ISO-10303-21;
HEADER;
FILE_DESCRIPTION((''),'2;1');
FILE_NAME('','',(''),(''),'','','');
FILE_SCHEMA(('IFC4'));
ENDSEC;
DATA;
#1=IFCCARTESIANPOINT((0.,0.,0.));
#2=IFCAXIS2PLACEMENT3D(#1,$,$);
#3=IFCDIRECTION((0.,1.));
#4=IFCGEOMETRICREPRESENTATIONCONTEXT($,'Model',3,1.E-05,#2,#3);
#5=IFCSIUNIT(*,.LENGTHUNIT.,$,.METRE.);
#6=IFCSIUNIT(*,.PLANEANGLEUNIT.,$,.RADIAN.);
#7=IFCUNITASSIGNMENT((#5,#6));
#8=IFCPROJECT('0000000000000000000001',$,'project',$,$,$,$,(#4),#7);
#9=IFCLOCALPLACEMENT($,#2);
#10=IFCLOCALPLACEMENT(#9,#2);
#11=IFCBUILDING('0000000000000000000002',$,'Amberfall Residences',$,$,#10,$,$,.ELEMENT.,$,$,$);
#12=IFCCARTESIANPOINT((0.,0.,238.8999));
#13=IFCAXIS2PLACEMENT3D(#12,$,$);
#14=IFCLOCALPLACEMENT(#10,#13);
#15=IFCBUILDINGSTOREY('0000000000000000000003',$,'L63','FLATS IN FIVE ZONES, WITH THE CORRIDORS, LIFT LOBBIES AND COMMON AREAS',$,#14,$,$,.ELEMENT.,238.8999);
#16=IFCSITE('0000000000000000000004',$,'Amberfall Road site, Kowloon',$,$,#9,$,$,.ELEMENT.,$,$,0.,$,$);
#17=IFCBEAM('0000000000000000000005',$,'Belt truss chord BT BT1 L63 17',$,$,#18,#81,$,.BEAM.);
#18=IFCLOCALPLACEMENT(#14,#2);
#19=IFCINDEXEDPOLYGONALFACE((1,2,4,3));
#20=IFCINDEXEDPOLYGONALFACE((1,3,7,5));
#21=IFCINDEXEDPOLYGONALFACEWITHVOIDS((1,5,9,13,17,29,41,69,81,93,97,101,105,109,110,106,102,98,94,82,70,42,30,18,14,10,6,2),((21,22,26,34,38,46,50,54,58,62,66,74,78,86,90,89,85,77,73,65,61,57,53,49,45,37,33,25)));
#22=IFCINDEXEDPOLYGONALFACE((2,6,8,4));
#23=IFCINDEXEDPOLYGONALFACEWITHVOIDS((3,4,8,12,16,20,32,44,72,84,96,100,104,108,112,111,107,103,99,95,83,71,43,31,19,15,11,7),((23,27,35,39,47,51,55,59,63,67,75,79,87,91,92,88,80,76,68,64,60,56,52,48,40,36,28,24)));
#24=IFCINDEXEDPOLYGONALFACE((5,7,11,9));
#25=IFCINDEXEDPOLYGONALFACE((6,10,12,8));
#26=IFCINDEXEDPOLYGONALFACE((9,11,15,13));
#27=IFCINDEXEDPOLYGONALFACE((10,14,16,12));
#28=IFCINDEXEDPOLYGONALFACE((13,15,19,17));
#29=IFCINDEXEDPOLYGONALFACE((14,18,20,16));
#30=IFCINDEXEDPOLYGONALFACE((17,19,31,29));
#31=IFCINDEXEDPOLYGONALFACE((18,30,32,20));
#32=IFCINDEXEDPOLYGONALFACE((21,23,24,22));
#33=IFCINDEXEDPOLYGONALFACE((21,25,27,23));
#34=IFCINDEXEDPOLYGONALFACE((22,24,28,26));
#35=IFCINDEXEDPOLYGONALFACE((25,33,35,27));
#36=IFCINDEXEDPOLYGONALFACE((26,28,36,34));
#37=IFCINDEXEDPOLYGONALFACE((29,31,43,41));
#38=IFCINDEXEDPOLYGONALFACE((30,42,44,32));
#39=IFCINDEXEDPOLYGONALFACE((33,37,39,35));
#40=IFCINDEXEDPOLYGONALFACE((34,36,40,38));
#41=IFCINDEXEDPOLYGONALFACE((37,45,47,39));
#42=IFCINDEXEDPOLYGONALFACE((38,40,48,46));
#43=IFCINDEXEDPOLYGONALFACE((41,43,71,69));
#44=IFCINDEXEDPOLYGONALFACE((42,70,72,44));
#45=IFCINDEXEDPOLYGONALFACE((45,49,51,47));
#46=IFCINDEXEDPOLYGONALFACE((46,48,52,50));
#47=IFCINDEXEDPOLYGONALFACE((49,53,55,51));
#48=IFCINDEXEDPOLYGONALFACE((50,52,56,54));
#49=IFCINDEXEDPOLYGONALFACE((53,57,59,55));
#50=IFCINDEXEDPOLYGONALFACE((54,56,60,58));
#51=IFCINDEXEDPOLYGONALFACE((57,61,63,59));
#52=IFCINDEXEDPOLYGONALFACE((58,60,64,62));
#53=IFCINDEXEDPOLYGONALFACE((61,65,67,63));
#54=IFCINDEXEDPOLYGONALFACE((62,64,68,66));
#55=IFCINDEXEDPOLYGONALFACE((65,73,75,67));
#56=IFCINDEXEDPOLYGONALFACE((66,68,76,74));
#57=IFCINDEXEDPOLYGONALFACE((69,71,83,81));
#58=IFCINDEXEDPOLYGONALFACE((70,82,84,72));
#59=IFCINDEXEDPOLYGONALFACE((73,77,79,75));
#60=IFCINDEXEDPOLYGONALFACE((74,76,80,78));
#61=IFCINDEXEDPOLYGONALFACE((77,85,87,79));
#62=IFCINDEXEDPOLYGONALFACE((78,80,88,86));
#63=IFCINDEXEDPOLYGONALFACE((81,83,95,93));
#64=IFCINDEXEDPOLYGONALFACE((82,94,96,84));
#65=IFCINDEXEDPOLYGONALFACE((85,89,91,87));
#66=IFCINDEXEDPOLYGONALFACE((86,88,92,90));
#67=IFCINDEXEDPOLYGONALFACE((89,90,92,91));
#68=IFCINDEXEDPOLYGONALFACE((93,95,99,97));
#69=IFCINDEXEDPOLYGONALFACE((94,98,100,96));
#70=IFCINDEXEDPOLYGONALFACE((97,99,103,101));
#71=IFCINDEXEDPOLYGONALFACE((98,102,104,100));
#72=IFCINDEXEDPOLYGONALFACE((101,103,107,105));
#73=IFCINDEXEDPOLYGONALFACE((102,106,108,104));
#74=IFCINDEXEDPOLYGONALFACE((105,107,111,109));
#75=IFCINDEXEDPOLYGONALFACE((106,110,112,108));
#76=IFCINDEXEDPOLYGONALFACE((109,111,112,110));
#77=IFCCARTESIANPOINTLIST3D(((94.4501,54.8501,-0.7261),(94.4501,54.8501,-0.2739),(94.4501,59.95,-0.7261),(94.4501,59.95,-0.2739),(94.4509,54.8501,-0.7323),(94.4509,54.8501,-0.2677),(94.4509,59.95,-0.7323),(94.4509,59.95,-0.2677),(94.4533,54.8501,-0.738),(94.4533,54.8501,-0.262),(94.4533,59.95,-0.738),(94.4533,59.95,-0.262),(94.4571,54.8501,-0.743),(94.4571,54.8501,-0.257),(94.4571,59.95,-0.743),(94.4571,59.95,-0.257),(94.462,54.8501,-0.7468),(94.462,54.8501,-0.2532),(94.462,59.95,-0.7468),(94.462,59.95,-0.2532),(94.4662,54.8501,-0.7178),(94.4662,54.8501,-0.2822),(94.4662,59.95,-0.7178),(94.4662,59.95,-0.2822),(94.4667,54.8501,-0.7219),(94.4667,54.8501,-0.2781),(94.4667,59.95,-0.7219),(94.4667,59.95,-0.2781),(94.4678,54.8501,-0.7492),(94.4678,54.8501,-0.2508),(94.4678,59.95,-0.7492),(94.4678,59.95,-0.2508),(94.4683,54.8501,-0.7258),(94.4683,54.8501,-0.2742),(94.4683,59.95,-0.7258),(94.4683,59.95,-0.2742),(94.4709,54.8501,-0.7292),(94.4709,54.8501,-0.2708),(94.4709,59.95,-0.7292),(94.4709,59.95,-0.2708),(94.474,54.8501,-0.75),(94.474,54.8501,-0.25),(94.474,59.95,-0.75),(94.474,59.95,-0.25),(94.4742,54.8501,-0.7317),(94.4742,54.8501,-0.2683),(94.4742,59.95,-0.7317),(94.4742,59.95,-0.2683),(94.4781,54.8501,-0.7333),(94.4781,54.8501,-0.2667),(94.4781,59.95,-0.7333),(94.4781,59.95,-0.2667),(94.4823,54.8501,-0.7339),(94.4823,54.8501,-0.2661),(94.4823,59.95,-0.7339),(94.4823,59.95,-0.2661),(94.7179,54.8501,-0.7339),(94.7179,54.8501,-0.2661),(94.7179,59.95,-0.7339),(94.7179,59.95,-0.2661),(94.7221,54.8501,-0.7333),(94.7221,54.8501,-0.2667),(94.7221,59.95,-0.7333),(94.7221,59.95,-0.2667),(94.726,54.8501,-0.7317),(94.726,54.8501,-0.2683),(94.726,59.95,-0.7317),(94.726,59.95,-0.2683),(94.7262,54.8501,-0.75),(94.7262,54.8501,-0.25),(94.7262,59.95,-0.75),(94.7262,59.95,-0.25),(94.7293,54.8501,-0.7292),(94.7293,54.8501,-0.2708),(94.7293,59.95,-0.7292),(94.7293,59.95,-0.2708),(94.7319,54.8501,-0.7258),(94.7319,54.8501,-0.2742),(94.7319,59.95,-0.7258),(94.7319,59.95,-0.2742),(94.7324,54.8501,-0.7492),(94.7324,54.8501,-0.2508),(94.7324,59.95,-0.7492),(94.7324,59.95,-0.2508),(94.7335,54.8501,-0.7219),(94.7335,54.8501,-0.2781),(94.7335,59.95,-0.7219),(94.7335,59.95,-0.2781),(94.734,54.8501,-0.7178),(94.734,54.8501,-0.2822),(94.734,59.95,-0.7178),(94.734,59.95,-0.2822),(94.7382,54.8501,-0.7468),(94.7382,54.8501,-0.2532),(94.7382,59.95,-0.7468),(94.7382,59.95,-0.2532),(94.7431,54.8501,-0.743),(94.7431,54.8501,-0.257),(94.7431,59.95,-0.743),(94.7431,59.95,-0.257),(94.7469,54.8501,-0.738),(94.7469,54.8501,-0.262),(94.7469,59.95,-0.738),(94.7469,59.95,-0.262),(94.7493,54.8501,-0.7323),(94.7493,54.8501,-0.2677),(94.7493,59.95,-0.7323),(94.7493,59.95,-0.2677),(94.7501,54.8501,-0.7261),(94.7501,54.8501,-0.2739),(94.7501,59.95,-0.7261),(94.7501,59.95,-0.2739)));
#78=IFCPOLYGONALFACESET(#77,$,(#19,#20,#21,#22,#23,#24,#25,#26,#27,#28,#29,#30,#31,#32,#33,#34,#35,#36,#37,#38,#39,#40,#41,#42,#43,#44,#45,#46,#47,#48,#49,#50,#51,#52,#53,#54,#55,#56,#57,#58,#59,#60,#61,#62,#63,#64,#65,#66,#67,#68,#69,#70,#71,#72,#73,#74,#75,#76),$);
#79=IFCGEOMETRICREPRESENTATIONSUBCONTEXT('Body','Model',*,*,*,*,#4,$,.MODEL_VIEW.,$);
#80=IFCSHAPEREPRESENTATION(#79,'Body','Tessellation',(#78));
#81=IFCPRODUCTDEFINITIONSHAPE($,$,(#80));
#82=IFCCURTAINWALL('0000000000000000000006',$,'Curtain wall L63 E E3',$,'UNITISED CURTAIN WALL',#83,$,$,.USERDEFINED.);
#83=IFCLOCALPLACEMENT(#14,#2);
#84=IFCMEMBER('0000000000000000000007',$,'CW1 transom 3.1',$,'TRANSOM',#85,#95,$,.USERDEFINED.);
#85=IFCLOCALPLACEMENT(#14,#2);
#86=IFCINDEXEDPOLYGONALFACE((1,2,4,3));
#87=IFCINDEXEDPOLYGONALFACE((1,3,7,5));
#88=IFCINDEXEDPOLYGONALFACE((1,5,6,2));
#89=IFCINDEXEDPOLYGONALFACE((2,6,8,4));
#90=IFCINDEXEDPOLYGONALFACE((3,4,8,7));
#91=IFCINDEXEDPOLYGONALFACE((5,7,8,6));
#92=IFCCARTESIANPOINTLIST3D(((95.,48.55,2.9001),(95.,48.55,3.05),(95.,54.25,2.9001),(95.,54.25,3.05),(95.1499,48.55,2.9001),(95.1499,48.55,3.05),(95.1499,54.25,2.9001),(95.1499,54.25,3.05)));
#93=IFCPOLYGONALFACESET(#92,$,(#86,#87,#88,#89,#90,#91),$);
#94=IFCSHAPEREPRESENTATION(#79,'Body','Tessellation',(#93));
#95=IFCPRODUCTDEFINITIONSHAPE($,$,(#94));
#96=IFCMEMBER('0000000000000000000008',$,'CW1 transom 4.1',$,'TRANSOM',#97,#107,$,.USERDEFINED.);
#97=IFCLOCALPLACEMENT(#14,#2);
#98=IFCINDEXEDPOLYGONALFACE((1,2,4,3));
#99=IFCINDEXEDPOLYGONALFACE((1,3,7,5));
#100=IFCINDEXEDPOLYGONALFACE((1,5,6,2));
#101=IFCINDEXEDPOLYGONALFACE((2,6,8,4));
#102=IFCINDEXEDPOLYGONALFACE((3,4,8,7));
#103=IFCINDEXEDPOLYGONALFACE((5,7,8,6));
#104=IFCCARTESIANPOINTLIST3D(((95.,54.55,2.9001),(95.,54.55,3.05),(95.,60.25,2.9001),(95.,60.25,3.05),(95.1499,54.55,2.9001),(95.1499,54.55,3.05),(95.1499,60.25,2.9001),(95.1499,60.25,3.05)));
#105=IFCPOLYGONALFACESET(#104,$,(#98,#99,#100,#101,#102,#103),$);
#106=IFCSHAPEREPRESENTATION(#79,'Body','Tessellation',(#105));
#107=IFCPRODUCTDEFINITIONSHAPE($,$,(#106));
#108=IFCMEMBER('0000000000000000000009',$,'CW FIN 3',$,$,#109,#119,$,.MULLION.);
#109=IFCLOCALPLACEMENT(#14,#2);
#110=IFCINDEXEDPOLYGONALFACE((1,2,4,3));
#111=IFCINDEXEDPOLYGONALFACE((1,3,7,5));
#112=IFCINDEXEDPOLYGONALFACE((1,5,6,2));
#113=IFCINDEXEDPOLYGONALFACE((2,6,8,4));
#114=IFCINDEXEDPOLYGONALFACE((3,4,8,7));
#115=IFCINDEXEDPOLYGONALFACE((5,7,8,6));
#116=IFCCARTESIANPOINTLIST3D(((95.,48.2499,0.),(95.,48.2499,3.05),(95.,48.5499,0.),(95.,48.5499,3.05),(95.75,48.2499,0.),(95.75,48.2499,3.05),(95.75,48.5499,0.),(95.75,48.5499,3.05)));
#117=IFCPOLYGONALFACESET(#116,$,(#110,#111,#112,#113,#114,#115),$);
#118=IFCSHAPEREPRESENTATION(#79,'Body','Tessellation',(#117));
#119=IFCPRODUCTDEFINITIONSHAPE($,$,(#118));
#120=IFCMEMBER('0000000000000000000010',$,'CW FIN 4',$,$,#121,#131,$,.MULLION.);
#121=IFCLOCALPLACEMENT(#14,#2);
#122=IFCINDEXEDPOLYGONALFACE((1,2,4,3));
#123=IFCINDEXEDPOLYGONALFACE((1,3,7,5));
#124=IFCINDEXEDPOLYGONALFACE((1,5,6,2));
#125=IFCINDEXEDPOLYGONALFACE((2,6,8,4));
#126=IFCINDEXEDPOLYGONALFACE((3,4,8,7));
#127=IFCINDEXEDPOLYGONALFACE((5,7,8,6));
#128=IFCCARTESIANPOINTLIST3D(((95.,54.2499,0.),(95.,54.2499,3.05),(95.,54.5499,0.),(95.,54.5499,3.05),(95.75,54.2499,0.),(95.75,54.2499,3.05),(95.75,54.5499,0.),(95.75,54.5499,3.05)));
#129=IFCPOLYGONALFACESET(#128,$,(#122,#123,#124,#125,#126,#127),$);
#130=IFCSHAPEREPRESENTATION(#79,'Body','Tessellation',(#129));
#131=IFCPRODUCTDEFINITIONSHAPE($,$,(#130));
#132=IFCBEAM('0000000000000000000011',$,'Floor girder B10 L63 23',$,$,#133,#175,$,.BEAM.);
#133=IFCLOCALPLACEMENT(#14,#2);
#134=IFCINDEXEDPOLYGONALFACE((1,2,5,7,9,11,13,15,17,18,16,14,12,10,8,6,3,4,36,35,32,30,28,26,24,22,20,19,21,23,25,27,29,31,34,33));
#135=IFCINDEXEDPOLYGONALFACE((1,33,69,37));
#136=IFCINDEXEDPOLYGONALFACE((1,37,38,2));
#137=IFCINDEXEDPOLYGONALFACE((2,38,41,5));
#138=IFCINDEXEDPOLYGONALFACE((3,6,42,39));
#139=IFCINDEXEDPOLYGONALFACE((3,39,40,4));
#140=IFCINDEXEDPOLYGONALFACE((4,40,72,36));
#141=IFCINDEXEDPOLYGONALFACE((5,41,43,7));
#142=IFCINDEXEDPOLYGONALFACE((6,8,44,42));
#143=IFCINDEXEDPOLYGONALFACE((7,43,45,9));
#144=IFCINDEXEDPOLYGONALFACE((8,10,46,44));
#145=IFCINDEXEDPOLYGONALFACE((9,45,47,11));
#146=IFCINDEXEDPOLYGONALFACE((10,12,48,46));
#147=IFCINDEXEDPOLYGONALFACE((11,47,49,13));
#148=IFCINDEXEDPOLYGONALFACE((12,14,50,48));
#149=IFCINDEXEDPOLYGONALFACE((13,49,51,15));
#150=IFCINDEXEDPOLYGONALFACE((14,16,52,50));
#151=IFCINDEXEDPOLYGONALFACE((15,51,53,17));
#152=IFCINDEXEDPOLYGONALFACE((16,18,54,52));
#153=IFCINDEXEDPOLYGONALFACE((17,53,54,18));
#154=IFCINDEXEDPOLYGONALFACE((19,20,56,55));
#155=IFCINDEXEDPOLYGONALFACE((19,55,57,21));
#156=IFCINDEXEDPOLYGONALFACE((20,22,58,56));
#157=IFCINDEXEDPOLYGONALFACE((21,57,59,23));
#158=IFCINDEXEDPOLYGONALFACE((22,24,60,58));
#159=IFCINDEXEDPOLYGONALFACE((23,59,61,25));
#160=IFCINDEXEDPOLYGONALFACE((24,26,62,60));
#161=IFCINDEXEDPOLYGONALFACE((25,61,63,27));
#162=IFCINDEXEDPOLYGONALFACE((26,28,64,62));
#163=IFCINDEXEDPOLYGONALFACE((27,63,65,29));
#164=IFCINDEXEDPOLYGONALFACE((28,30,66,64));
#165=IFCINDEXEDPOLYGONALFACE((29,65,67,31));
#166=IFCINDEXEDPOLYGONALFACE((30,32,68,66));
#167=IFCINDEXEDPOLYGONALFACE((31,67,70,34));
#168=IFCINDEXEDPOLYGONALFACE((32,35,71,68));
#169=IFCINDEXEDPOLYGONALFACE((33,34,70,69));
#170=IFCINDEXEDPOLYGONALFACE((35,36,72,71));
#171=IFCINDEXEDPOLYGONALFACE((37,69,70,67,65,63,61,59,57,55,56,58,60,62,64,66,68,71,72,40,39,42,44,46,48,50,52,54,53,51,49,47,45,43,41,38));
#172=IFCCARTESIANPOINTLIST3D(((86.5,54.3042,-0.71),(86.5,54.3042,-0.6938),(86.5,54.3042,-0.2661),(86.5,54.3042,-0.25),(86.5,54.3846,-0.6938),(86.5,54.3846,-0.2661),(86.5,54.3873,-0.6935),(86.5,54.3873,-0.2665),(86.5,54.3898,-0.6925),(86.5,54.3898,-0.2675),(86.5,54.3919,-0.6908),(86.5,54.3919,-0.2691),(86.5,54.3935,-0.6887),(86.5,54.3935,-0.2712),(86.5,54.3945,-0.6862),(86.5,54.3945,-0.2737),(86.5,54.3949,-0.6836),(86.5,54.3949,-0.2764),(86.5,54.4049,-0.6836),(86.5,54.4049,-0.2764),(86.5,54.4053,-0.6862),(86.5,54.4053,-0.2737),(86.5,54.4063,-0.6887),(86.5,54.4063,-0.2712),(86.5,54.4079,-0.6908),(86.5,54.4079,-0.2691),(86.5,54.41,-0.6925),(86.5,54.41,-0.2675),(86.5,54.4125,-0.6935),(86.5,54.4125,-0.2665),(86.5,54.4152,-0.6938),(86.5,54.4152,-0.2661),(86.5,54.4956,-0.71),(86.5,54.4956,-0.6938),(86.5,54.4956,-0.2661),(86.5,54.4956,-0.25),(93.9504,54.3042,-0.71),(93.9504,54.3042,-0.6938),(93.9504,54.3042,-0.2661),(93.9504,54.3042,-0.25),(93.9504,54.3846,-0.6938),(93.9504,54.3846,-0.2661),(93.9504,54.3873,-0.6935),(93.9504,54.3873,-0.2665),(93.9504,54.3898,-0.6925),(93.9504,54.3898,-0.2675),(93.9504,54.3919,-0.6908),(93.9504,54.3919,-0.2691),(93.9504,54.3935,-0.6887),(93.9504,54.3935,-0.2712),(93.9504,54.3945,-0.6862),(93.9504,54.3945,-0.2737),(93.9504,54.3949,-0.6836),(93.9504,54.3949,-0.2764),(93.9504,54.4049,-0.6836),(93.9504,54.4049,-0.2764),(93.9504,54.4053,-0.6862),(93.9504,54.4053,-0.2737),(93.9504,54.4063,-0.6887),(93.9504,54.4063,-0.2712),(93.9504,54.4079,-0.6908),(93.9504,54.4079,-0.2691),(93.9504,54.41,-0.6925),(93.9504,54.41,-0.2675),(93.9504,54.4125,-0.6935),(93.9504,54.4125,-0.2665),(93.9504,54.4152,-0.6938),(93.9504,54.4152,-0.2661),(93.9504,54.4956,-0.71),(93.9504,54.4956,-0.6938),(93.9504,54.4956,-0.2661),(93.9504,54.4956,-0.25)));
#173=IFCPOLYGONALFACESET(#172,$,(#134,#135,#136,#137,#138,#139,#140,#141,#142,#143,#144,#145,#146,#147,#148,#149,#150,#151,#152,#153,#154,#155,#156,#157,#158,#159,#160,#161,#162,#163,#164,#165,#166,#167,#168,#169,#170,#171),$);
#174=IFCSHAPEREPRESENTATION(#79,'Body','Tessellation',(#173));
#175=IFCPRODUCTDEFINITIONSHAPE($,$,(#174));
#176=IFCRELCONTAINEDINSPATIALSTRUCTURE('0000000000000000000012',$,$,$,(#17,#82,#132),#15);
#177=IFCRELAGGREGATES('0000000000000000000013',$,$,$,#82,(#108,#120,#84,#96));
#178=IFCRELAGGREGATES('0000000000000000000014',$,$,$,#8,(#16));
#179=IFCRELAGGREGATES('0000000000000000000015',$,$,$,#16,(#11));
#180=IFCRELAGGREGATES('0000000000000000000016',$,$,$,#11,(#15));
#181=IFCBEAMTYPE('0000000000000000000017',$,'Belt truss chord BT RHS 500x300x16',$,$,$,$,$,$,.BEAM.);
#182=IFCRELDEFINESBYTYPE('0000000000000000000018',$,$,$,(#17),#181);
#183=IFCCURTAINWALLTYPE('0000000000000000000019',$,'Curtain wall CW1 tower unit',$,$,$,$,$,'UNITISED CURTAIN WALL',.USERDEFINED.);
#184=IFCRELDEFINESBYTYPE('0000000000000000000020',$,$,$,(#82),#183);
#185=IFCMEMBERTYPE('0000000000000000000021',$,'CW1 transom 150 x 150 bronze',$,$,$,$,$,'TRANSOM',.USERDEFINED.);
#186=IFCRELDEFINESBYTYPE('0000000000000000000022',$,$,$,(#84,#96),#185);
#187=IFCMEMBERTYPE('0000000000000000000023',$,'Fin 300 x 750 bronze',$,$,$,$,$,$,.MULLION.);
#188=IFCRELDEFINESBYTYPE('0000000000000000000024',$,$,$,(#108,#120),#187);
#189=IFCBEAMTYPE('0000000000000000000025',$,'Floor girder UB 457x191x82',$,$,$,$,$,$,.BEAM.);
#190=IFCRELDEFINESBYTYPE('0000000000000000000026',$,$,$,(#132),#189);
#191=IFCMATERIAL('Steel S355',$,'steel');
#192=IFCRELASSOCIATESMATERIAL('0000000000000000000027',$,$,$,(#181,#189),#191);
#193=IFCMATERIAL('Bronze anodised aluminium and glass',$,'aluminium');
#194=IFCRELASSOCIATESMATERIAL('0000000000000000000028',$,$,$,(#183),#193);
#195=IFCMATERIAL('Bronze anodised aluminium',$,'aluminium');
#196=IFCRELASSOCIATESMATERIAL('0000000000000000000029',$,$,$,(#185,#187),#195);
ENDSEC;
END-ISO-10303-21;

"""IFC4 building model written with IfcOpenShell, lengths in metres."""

from ifc_helpers import new_model, si_unit, direction, frame, origin, origin_2d, place, context, subcontext, project, spatial, rectangle, hollow_rectangle, i_section, extrude, material, material_profile, profile_set, type_object, element, aggregate, save


model = new_model("IFC4")

# Units and contexts
model_context = context("Model", 3, precision=1e-05, world=origin(), true_north=direction((0.0, 1.0)))
body_context = subcontext(model_context, "Body", "Model", "MODEL_VIEW")
ifc_project = project(units=[si_unit("LENGTHUNIT", "METRE"), si_unit("PLANEANGLEUNIT", "RADIAN")], contexts=[model_context])

# Site, building, storey
site_placement = place(None, origin())
site = spatial("IfcSite", under=ifc_project, at=site_placement, Name="Amberfall Road site, Kowloon", CompositionType="ELEMENT", RefElevation=0.0)
building_placement = place(site_placement, origin())
building = spatial("IfcBuilding", under=site, at=building_placement, Name="Amberfall Residences", CompositionType="ELEMENT")
storey_placement = place(building_placement, frame((0.0, 0.0, 238.8999)))
storey = spatial("IfcBuildingStorey", under=building, at=storey_placement, Name="L63", Description="FLATS IN FIVE ZONES, WITH THE CORRIDORS, LIFT LOBBIES AND COMMON AREAS", CompositionType="ELEMENT", Elevation=238.8999)

# Beam
ifc_material_1 = material(Name="Steel S355", Category="steel")
ifc_material_profile_1 = material_profile(ifc_material_1, hollow_rectangle(XDim=0.3, YDim=0.5, WallThickness=0.0161, InnerFilletRadius=0.0161, OuterFilletRadius=0.0239, at=origin_2d()), Name="RHS 500x300x16")
ifc_profile_set_1 = profile_set([ifc_material_profile_1], Name="Steel S355")
beam_type_1 = type_object("IfcBeamType", Name="Belt truss chord BT RHS 500x300x16", PredefinedType="BEAM", material=ifc_profile_set_1)
for number, where, z_axis, x_axis, name in (
    (1, (94.6001, 54.8501, -0.5), (0.0, 1.0, 0.0), (-1.0, 0.0, 0.0), "Belt truss chord BT BT1 L63 17"),
):
    element("IfcBeam", number, at=place(storey_placement, frame(where, z_axis=z_axis, x_axis=x_axis)), inside=storey, type_object=beam_type_1, Name=name, PredefinedType="BEAM", context=body_context, shape_type="SweptSolid", body=[
        extrude(hollow_rectangle(XDim=0.3, YDim=0.5, WallThickness=0.0161, InnerFilletRadius=0.0161, OuterFilletRadius=0.0239, at=origin_2d()), origin(), (0.0, 0.0, 1.0), 5.0999),
    ])

# Curtain wall, members
ifc_material_2 = material(Name="Bronze anodised aluminium and glass", Category="aluminium")
curtain_wall_type = type_object("IfcCurtainWallType", Name="Curtain wall CW1 tower unit", ElementType="UNITISED CURTAIN WALL", PredefinedType="USERDEFINED", material=ifc_material_2)
curtain_wall_placement = place(storey_placement, origin())
curtain_wall = element("IfcCurtainWall", 2, at=curtain_wall_placement, inside=storey, type_object=curtain_wall_type, Name="Curtain wall L63 E E3", ObjectType="UNITISED CURTAIN WALL", PredefinedType="USERDEFINED")
ifc_material_3 = material(Name="Bronze anodised aluminium", Category="aluminium")
ifc_material_profile_2 = material_profile(ifc_material_3, rectangle(XDim=0.1499, YDim=0.1499, at=origin_2d()), Name="CW1 transom 150 x 150 bronze")
ifc_profile_set_2 = profile_set([ifc_material_profile_2], Name="Bronze anodised aluminium")
member_type_1 = type_object("IfcMemberType", Name="CW1 transom 150 x 150 bronze", ElementType="TRANSOM", PredefinedType="USERDEFINED", material=ifc_profile_set_2)
member_1_placement = place(storey_placement, frame((95.075, 48.55, 2.9751), z_axis=(0.0, 1.0, 0.0), x_axis=(-1.0, 0.0, 0.0)))
member_1 = element("IfcMember", 3, at=member_1_placement, type_object=member_type_1, Name="CW1 transom 3.1", ObjectType="TRANSOM", PredefinedType="USERDEFINED", context=body_context, shape_type="SweptSolid", body=[
    extrude(rectangle(XDim=0.1499, YDim=0.1499, at=origin_2d()), origin(), (0.0, 0.0, 1.0), 5.7),
])
member_2_placement = place(storey_placement, frame((95.075, 54.55, 2.9751), z_axis=(0.0, 1.0, 0.0), x_axis=(-1.0, 0.0, 0.0)))
member_2 = element("IfcMember", 4, at=member_2_placement, type_object=member_type_1, Name="CW1 transom 4.1", ObjectType="TRANSOM", PredefinedType="USERDEFINED", context=body_context, shape_type="SweptSolid", body=[
    extrude(rectangle(XDim=0.1499, YDim=0.1499, at=origin_2d()), origin(), (0.0, 0.0, 1.0), 5.7),
])
ifc_material_profile_3 = material_profile(ifc_material_3, rectangle(XDim=0.75, YDim=0.3, at=origin_2d()), Name="Fin 300 x 750 bronze")
ifc_profile_set_3 = profile_set([ifc_material_profile_3], Name="Bronze anodised aluminium")
member_type_2 = type_object("IfcMemberType", Name="Fin 300 x 750 bronze", PredefinedType="MULLION", material=ifc_profile_set_3)
member_3_placement = place(storey_placement, frame((95.375, 48.3999, 0.0), z_axis=(0.0, 0.0, 1.0), x_axis=(-1.0, 0.0, 0.0)))
member_3 = element("IfcMember", 5, at=member_3_placement, type_object=member_type_2, Name="CW FIN 3", PredefinedType="MULLION", context=body_context, shape_type="SweptSolid", body=[
    extrude(rectangle(XDim=0.75, YDim=0.3, at=origin_2d()), origin(), (0.0, 0.0, 1.0), 3.05),
])
member_4_placement = place(storey_placement, frame((95.375, 54.3999, 0.0), z_axis=(0.0, 0.0, 1.0), x_axis=(-1.0, 0.0, 0.0)))
member_4 = element("IfcMember", 6, at=member_4_placement, type_object=member_type_2, Name="CW FIN 4", PredefinedType="MULLION", context=body_context, shape_type="SweptSolid", body=[
    extrude(rectangle(XDim=0.75, YDim=0.3, at=origin_2d()), origin(), (0.0, 0.0, 1.0), 3.05),
])

# Beam
ifc_material_profile_4 = material_profile(ifc_material_1, i_section(OverallWidth=0.1914, OverallDepth=0.46, WebThickness=0.01, FlangeThickness=0.0161, FilletRadius=0.0103, at=origin_2d()), Name="UB 457x191x82")
ifc_profile_set_4 = profile_set([ifc_material_profile_4], Name="Steel S355")
beam_type_2 = type_object("IfcBeamType", Name="Floor girder UB 457x191x82", PredefinedType="BEAM", material=ifc_profile_set_4)
beam_1_placement = place(storey_placement, frame((93.9504, 54.3999, -0.48), z_axis=(-1.0, 0.0, 0.0), x_axis=(0.0, -1.0, 0.0)))
element("IfcBeam", 7, at=beam_1_placement, inside=storey, type_object=beam_type_2, Name="Floor girder B10 L63 23", PredefinedType="BEAM", context=body_context, shape_type="SweptSolid", body=[
    extrude(i_section(OverallWidth=0.1914, OverallDepth=0.46, WebThickness=0.01, FlangeThickness=0.0161, FilletRadius=0.0103, at=origin_2d()), origin(), (0.0, 0.0, 1.0), 7.4504),
])

aggregate(curtain_wall, [member_3, member_4, member_1, member_2])

save(model, "model.ifc")
